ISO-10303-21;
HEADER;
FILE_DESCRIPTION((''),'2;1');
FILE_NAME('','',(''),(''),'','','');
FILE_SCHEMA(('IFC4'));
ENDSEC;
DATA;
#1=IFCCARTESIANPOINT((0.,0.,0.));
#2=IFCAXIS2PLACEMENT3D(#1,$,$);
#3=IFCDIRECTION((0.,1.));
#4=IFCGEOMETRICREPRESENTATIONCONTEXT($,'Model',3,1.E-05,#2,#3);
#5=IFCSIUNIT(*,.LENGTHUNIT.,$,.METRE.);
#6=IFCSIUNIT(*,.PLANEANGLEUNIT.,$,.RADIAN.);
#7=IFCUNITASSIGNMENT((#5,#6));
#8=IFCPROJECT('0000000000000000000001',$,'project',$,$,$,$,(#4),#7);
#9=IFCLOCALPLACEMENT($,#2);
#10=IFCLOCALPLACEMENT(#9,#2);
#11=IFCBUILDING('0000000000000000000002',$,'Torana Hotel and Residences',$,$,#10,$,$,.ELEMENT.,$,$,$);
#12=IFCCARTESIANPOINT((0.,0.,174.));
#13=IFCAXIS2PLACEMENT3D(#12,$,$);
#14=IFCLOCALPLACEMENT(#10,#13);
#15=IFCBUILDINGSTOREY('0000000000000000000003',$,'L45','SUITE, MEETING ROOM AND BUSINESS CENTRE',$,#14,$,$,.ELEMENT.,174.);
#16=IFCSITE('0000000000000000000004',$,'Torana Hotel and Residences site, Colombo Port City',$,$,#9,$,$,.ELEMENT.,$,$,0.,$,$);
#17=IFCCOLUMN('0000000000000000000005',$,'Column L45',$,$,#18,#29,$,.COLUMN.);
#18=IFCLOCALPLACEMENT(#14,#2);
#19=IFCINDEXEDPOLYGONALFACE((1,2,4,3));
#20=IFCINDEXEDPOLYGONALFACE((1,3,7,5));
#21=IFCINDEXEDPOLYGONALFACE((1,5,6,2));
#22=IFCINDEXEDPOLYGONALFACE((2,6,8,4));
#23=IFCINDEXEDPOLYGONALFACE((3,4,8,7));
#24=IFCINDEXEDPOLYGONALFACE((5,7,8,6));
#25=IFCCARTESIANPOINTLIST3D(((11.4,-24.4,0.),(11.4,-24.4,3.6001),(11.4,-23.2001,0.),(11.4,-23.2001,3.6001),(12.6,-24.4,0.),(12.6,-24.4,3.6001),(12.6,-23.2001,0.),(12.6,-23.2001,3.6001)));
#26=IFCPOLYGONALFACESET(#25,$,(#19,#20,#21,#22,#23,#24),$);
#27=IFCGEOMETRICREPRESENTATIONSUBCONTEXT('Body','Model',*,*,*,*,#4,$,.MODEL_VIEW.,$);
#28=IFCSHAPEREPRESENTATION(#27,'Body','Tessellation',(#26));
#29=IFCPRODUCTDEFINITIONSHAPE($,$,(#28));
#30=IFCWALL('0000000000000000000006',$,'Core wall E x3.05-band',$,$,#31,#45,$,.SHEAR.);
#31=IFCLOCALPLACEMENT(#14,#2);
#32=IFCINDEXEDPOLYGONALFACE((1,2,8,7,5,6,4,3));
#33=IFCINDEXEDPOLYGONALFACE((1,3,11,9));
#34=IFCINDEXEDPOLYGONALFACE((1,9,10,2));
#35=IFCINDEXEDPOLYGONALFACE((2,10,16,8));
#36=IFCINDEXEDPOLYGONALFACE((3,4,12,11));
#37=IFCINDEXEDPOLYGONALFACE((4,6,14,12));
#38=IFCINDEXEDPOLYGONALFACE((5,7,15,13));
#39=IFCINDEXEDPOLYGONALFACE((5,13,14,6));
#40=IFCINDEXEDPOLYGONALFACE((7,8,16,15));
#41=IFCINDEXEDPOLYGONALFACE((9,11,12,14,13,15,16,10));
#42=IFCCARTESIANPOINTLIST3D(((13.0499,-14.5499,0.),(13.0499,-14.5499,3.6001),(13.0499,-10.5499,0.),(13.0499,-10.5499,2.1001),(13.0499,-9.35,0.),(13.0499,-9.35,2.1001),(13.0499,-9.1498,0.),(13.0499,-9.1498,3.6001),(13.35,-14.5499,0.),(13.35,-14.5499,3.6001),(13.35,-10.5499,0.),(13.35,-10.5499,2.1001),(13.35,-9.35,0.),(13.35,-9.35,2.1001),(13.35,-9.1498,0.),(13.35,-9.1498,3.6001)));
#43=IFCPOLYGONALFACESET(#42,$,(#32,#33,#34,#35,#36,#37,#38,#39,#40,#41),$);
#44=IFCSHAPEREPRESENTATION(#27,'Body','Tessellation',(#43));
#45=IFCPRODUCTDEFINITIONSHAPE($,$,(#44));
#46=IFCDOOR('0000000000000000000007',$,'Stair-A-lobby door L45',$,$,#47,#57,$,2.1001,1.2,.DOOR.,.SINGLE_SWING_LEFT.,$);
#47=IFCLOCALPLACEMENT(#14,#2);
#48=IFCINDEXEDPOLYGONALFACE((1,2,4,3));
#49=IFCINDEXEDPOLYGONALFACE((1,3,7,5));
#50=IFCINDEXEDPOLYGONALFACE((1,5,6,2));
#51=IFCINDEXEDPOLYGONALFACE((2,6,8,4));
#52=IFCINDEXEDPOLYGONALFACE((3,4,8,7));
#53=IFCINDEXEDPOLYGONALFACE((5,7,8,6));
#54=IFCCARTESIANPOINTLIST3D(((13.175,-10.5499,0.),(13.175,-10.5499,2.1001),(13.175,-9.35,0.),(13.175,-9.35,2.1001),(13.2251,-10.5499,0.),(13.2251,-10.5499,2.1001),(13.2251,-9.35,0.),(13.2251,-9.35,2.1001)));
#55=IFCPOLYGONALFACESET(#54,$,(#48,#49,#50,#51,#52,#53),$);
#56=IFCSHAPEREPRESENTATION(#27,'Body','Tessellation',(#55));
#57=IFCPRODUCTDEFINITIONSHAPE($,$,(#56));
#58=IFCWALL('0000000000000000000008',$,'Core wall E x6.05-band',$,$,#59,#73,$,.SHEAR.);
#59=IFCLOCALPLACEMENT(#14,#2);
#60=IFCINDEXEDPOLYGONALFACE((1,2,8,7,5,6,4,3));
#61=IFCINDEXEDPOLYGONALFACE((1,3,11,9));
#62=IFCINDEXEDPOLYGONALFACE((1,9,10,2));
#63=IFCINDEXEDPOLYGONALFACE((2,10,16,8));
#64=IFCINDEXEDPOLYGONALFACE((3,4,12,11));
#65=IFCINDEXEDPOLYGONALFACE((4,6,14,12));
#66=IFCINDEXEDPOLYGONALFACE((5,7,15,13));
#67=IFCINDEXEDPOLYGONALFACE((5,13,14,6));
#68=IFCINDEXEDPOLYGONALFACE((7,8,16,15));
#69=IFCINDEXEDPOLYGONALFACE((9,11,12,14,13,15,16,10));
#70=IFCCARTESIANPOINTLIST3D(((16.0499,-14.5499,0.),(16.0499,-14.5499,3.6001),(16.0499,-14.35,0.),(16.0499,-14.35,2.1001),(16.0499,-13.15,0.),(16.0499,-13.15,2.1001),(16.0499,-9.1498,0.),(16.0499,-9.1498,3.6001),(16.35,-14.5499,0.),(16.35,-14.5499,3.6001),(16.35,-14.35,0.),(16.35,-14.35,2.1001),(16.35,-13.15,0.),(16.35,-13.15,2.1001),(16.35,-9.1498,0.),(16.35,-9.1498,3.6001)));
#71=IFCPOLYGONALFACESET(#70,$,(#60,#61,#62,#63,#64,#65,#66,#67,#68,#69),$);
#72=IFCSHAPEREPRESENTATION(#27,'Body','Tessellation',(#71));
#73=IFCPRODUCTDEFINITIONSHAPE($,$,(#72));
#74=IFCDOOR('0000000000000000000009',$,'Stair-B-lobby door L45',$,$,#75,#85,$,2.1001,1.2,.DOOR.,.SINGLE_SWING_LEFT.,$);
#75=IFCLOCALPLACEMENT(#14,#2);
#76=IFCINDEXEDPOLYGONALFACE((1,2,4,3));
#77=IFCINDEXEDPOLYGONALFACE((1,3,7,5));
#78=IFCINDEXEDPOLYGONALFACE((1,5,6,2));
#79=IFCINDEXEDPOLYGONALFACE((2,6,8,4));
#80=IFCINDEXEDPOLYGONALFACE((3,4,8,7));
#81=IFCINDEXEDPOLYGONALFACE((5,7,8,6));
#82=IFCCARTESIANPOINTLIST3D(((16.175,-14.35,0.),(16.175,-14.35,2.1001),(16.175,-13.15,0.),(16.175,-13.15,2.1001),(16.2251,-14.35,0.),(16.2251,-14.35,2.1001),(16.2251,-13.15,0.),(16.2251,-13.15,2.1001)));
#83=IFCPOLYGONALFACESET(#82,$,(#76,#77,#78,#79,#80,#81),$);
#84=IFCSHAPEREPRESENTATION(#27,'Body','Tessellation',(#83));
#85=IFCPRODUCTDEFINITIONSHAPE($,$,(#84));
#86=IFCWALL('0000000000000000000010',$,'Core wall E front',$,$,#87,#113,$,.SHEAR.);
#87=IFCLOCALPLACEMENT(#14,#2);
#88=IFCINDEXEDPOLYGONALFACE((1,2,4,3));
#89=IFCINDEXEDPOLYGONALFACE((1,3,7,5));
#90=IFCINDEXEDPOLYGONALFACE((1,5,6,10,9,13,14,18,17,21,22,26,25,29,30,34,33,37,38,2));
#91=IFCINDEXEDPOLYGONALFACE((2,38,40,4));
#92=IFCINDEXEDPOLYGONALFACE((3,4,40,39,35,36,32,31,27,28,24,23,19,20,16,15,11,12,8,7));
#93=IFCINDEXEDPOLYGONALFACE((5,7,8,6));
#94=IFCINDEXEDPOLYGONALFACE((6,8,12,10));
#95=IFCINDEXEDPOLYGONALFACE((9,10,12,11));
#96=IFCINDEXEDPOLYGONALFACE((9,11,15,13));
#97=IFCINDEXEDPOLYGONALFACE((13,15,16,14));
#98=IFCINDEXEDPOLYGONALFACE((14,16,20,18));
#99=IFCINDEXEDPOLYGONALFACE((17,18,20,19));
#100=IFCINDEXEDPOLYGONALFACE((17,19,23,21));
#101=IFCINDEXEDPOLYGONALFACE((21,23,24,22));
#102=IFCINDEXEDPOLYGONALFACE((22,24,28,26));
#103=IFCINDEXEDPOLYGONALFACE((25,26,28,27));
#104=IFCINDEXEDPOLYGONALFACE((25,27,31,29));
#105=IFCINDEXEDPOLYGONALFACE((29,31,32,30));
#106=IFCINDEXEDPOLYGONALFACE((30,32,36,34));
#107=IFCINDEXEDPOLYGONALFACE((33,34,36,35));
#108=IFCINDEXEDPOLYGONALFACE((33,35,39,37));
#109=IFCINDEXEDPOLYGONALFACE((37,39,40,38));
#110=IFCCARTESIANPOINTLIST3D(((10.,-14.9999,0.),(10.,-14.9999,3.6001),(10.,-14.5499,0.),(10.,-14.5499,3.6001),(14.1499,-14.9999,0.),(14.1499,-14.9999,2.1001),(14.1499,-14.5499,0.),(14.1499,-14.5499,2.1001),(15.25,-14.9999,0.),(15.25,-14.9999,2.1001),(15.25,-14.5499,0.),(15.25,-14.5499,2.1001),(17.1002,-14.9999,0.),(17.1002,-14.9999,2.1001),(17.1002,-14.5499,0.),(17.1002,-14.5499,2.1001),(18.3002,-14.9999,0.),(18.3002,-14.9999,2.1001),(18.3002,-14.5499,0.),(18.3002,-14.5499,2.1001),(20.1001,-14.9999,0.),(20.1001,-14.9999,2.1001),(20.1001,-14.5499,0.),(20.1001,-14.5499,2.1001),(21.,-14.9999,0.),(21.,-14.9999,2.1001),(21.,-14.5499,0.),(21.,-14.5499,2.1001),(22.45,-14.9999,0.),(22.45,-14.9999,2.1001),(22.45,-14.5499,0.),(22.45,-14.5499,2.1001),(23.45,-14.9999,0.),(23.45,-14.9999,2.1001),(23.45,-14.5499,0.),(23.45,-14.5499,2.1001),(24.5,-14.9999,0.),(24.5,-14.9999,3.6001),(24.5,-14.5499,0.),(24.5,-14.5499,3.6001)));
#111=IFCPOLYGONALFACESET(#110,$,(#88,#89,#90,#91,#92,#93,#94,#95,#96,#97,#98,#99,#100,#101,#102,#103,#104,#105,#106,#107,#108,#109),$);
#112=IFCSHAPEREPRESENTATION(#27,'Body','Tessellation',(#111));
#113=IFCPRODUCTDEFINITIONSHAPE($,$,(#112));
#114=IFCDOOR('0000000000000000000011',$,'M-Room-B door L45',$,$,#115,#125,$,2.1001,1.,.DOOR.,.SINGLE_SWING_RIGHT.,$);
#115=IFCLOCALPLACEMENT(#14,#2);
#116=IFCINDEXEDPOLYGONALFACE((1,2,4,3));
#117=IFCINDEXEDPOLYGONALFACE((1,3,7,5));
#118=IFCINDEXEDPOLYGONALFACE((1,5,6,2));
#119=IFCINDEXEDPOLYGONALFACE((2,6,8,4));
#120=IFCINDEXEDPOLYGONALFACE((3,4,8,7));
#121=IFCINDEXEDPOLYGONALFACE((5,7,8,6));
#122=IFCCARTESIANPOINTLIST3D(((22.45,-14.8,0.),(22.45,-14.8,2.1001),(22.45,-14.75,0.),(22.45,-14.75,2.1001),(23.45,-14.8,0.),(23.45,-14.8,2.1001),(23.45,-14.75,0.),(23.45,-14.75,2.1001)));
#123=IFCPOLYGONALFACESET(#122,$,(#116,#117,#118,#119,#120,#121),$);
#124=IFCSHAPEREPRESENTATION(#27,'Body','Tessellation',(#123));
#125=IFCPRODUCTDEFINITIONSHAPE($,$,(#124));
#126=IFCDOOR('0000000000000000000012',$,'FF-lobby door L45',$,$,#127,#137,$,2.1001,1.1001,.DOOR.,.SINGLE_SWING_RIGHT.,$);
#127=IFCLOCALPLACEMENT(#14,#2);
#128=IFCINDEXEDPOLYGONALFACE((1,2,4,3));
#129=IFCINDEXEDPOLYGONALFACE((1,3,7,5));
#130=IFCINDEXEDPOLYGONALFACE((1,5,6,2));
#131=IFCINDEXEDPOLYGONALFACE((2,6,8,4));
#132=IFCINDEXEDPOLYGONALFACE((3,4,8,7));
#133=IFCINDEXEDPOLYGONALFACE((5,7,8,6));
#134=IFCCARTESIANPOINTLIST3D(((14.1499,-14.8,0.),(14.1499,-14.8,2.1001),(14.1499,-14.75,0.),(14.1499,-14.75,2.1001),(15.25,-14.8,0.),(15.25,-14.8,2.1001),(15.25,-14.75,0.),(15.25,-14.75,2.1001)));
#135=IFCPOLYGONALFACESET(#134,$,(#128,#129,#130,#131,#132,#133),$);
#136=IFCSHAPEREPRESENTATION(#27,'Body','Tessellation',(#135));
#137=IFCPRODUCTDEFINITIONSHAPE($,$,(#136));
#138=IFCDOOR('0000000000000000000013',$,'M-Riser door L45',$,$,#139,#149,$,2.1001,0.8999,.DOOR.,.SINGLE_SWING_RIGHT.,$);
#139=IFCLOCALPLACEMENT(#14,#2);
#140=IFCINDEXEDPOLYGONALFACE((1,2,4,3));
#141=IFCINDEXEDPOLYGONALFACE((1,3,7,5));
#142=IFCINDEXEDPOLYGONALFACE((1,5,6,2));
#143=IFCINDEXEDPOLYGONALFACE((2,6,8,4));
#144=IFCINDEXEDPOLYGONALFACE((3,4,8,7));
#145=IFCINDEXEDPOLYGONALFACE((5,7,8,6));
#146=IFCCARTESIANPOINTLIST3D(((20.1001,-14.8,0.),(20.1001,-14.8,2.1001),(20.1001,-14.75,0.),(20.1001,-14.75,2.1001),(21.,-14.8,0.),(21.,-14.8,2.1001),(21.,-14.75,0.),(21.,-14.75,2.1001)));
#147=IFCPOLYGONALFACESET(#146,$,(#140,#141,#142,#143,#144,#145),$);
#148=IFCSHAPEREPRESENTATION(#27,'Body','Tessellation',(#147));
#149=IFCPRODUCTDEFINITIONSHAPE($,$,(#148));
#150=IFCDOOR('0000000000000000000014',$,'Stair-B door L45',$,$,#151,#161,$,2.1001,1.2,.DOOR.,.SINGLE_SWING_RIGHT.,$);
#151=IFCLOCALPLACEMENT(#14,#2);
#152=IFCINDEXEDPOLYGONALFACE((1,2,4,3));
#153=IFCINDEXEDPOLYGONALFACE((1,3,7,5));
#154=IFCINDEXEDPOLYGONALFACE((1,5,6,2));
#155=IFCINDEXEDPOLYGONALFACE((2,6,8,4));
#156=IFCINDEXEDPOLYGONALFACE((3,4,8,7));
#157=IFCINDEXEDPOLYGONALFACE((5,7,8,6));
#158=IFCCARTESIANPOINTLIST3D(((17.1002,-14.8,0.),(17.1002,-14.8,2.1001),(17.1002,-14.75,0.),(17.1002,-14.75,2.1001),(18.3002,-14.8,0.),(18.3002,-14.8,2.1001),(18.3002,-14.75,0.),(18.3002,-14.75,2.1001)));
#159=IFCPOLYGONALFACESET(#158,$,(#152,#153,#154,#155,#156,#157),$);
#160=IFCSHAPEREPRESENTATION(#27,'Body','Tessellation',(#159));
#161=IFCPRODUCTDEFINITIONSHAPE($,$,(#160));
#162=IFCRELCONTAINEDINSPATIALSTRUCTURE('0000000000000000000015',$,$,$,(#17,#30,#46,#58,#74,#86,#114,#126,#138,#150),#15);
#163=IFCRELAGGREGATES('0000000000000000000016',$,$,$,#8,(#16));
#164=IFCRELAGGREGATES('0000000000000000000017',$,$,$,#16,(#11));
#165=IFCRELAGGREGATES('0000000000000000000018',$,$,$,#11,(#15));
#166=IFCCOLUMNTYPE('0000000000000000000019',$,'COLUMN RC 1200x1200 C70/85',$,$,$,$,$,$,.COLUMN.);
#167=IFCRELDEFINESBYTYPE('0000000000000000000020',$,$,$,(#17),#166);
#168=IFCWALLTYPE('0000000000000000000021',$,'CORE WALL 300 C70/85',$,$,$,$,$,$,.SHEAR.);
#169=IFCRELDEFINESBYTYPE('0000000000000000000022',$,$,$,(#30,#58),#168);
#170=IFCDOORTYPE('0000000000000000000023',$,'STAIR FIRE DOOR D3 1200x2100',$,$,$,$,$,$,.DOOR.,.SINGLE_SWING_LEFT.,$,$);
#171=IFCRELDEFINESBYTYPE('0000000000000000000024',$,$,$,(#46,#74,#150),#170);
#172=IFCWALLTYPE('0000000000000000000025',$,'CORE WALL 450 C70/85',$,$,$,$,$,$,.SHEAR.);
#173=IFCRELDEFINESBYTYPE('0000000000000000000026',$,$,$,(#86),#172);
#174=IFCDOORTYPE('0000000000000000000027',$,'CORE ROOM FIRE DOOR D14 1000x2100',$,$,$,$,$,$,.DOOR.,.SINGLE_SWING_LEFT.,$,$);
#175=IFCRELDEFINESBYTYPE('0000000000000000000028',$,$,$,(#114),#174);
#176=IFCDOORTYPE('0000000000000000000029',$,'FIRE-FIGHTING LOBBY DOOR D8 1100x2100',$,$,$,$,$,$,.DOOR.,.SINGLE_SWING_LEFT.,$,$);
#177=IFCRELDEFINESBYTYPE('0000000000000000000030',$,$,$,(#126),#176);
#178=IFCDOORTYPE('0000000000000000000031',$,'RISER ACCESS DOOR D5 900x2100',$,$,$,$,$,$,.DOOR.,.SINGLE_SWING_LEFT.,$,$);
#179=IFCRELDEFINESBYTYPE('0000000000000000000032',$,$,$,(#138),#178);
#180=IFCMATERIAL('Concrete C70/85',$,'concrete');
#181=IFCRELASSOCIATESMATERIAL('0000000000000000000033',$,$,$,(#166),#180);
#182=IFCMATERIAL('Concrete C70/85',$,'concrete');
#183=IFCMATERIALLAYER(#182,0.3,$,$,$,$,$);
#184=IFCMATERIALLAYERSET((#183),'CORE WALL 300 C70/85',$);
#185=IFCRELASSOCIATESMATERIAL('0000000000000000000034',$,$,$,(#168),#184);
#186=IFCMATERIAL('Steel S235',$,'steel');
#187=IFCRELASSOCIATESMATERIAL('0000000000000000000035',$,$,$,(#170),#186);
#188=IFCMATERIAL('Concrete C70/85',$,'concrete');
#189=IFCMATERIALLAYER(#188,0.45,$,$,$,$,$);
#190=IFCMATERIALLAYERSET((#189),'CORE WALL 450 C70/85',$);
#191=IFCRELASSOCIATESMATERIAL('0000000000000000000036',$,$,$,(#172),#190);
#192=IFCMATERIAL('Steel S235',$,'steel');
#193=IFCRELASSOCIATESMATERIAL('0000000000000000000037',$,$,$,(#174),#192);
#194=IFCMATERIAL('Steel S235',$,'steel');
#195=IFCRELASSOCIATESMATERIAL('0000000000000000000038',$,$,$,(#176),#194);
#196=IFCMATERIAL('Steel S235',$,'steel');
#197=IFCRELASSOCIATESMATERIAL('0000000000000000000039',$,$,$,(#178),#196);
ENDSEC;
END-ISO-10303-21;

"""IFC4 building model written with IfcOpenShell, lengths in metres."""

from ifc_helpers import new_model, si_unit, direction, frame, frame_2d, origin, origin_2d, place, context, subcontext, project, spatial, rectangle, extrude, material, layer, layer_set, material_profile, profile_set, type_object, element, fill, save


model = new_model("IFC4")

# Units and contexts
model_context = context("Model", 3, precision=1e-05, world=origin(), true_north=direction((0.0, 1.0)))
body_context = subcontext(model_context, "Body", "Model", "MODEL_VIEW")
ifc_project = project(units=[si_unit("LENGTHUNIT", "METRE"), si_unit("PLANEANGLEUNIT", "RADIAN")], contexts=[model_context])

# Site, building, storey
site_placement = place(None, origin())
site = spatial("IfcSite", under=ifc_project, at=site_placement, Name="Torana Hotel and Residences site, Colombo Port City", CompositionType="ELEMENT", RefElevation=0.0)
building_placement = place(site_placement, origin())
building = spatial("IfcBuilding", under=site, at=building_placement, Name="Torana Hotel and Residences", CompositionType="ELEMENT")
storey_placement = place(building_placement, frame((0.0, 0.0, 174.0)))
storey = spatial("IfcBuildingStorey", under=building, at=storey_placement, Name="L45", Description="SUITE, MEETING ROOM AND BUSINESS CENTRE", CompositionType="ELEMENT", Elevation=174.0)

# Column
ifc_material_1 = material(Name="Concrete C70/85", Category="concrete")
ifc_material_profile = material_profile(ifc_material_1, rectangle(XDim=1.2, YDim=1.2, at=origin_2d()), Name="RC 1200x1200")
ifc_profile_set = profile_set([ifc_material_profile], Name="Concrete C70/85")
column_type = type_object("IfcColumnType", Name="COLUMN RC 1200x1200 C70/85", PredefinedType="COLUMN", material=ifc_profile_set)
column_placement = place(storey_placement, frame((12.0, -23.8, 0.0), z_axis=(0.0, 0.0, 1.0), x_axis=(1.0, 0.0, 0.0)))
element("IfcColumn", 1, at=column_placement, inside=storey, type_object=column_type, Name="Column L45", PredefinedType="COLUMN", context=body_context, shape_type="SweptSolid", body=[
    extrude(rectangle(XDim=1.2, YDim=1.2, at=origin_2d()), origin(), (0.0, 0.0, 1.0), 3.6001),
])

# Walls, openings, doors
ifc_material_2 = material(Name="Concrete C70/85", Category="concrete")
ifc_layer_1 = layer(ifc_material_2, 0.3)
ifc_layer_set_1 = layer_set([ifc_layer_1], Name="CORE WALL 300 C70/85")
wall_type_1 = type_object("IfcWallType", Name="CORE WALL 300 C70/85", PredefinedType="SHEAR", material=ifc_layer_set_1)
wall_1_placement = place(storey_placement, frame((13.2, -14.55, 0.0), z_axis=(0.0, 0.0, 1.0), x_axis=(0.0, 1.0, 0.0)))
wall_1 = element("IfcWall", 2, at=wall_1_placement, inside=storey, type_object=wall_type_1, Name="Core wall E x3.05-band", PredefinedType="SHEAR", context=body_context, shape_type="SweptSolid", body=[
    extrude(rectangle(XDim=5.4001, YDim=0.3, at=frame_2d((2.7002, 0.0))), origin(), (0.0, 0.0, 1.0), 3.6001),
])
opening_1_placement = place(wall_1_placement, frame((4.0, 0.0, 0.0)))
opening_1 = element("IfcOpeningElement", 3, at=opening_1_placement, cuts=wall_1, PredefinedType="OPENING", context=body_context, shape_type="SweptSolid", body=[
    extrude(rectangle(XDim=1.2, YDim=2.1001, at=frame_2d((0.6001, 1.05))), frame((0.0, 0.1599, 0.0), z_axis=(0.0, -1.0, 0.0), x_axis=(1.0, 0.0, 0.0)), (0.0, 0.0, 1.0), 0.3201),
])
ifc_material_3 = material(Name="Steel S235", Category="steel")
door_type_1 = type_object("IfcDoorType", Name="STAIR FIRE DOOR D3 1200x2100", OperationType="SINGLE_SWING_LEFT", PredefinedType="DOOR", material=ifc_material_3)
door_1_placement = place(opening_1_placement, origin())
door_1 = element("IfcDoor", 4, at=door_1_placement, inside=storey, type_object=door_type_1, Name="Stair-A-lobby door L45", OperationType="SINGLE_SWING_LEFT", OverallHeight=2.1001, OverallWidth=1.2, PredefinedType="DOOR", context=body_context, shape_type="SweptSolid", body=[
    extrude(rectangle(XDim=1.2, YDim=2.1001, at=frame_2d((0.6001, 1.05))), frame((0.0, 0.0249, 0.0), z_axis=(0.0, -1.0, 0.0), x_axis=(1.0, 0.0, 0.0)), (0.0, 0.0, 1.0), 0.05),
])
fill(opening_1, door_1)
wall_2_placement = place(storey_placement, frame((16.2, -14.55, 0.0), z_axis=(0.0, 0.0, 1.0), x_axis=(0.0, 1.0, 0.0)))
wall_2 = element("IfcWall", 5, at=wall_2_placement, inside=storey, type_object=wall_type_1, Name="Core wall E x6.05-band", PredefinedType="SHEAR", context=body_context, shape_type="SweptSolid", body=[
    extrude(rectangle(XDim=5.4001, YDim=0.3, at=frame_2d((2.7002, 0.0))), origin(), (0.0, 0.0, 1.0), 3.6001),
])
opening_2_placement = place(wall_2_placement, frame((0.2, 0.0, 0.0)))
opening_2 = element("IfcOpeningElement", 6, at=opening_2_placement, cuts=wall_2, PredefinedType="OPENING", context=body_context, shape_type="SweptSolid", body=[
    extrude(rectangle(XDim=1.2, YDim=2.1001, at=frame_2d((0.6001, 1.05))), frame((0.0, 0.1599, 0.0), z_axis=(0.0, -1.0, 0.0), x_axis=(1.0, 0.0, 0.0)), (0.0, 0.0, 1.0), 0.3201),
])
door_2_placement = place(opening_2_placement, frame((0.6001, 0.0, 0.0), z_axis=(0.0, 0.0, 1.0), x_axis=(-1.0, 0.0, 0.0)))
door_2 = element("IfcDoor", 7, at=door_2_placement, inside=storey, type_object=door_type_1, Name="Stair-B-lobby door L45", OperationType="SINGLE_SWING_LEFT", OverallHeight=2.1001, OverallWidth=1.2, PredefinedType="DOOR", context=body_context, shape_type="SweptSolid", body=[
    extrude(rectangle(XDim=1.2, YDim=2.1001, at=frame_2d((0.0, 1.05))), frame((0.0, -0.0249, 0.0), z_axis=(0.0, 1.0, 0.0), x_axis=(-1.0, 0.0, 0.0)), (0.0, 0.0, 1.0), 0.05),
])
fill(opening_2, door_2)

# Wall, openings, doors
ifc_material_4 = material(Name="Concrete C70/85", Category="concrete")
ifc_layer_2 = layer(ifc_material_4, 0.45)
ifc_layer_set_2 = layer_set([ifc_layer_2], Name="CORE WALL 450 C70/85")
wall_type_2 = type_object("IfcWallType", Name="CORE WALL 450 C70/85", PredefinedType="SHEAR", material=ifc_layer_set_2)
wall_3_placement = place(storey_placement, frame((10.0, -14.7749, 0.0), z_axis=(0.0, 0.0, 1.0), x_axis=(1.0, 0.0, 0.0)))
wall_3 = element("IfcWall", 8, at=wall_3_placement, inside=storey, type_object=wall_type_2, Name="Core wall E front", PredefinedType="SHEAR", context=body_context, shape_type="SweptSolid", body=[
    extrude(rectangle(XDim=14.5, YDim=0.45, at=frame_2d((7.25, 0.0))), origin(), (0.0, 0.0, 1.0), 3.6001),
])
opening_3_placement = place(wall_3_placement, frame((7.1001, 0.0, 0.0)))
opening_3 = element("IfcOpeningElement", 9, at=opening_3_placement, cuts=wall_3, PredefinedType="OPENING", context=body_context, shape_type="SweptSolid", body=[
    extrude(rectangle(XDim=1.2, YDim=2.1001, at=frame_2d((0.6001, 1.05))), frame((0.0, 0.2349, 0.0), z_axis=(0.0, -1.0, 0.0), x_axis=(1.0, 0.0, 0.0)), (0.0, 0.0, 1.0), 0.47),
])
opening_4_placement = place(wall_3_placement, frame((4.1499, 0.0, 0.0)))
opening_4 = element("IfcOpeningElement", 10, at=opening_4_placement, cuts=wall_3, PredefinedType="OPENING", context=body_context, shape_type="SweptSolid", body=[
    extrude(rectangle(XDim=1.1001, YDim=2.1001, at=frame_2d((0.55, 1.05))), frame((0.0, 0.2349, 0.0), z_axis=(0.0, -1.0, 0.0), x_axis=(1.0, 0.0, 0.0)), (0.0, 0.0, 1.0), 0.47),
])
opening_5_placement = place(wall_3_placement, frame((10.1001, 0.0, 0.0)))
opening_5 = element("IfcOpeningElement", 11, at=opening_5_placement, cuts=wall_3, PredefinedType="OPENING", context=body_context, shape_type="SweptSolid", body=[
    extrude(rectangle(XDim=0.8999, YDim=2.1001, at=frame_2d((0.45, 1.05))), frame((0.0, 0.2349, 0.0), z_axis=(0.0, -1.0, 0.0), x_axis=(1.0, 0.0, 0.0)), (0.0, 0.0, 1.0), 0.47),
])
opening_6_placement = place(wall_3_placement, frame((12.45, 0.0, 0.0)))
opening_6 = element("IfcOpeningElement", 12, at=opening_6_placement, cuts=wall_3, PredefinedType="OPENING", context=body_context, shape_type="SweptSolid", body=[
    extrude(rectangle(XDim=1.0, YDim=2.1001, at=frame_2d((0.5, 1.05))), frame((0.0, 0.2349, 0.0), z_axis=(0.0, -1.0, 0.0), x_axis=(1.0, 0.0, 0.0)), (0.0, 0.0, 1.0), 0.47),
])
ifc_material_5 = material(Name="Steel S235", Category="steel")
door_type_2 = type_object("IfcDoorType", Name="CORE ROOM FIRE DOOR D14 1000x2100", OperationType="SINGLE_SWING_LEFT", PredefinedType="DOOR", material=ifc_material_5)
door_3_placement = place(opening_6_placement, origin())
door_3 = element("IfcDoor", 13, at=door_3_placement, inside=storey, type_object=door_type_2, Name="M-Room-B door L45", OperationType="SINGLE_SWING_RIGHT", OverallHeight=2.1001, OverallWidth=1.0, PredefinedType="DOOR", context=body_context, shape_type="SweptSolid", body=[
    extrude(rectangle(XDim=1.0, YDim=2.1001, at=frame_2d((0.5, 1.05))), frame((0.0, 0.0249, 0.0), z_axis=(0.0, -1.0, 0.0), x_axis=(1.0, 0.0, 0.0)), (0.0, 0.0, 1.0), 0.05),
])
fill(opening_6, door_3)
ifc_material_6 = material(Name="Steel S235", Category="steel")
door_type_3 = type_object("IfcDoorType", Name="FIRE-FIGHTING LOBBY DOOR D8 1100x2100", OperationType="SINGLE_SWING_LEFT", PredefinedType="DOOR", material=ifc_material_6)
door_4_placement = place(opening_4_placement, origin())
door_4 = element("IfcDoor", 14, at=door_4_placement, inside=storey, type_object=door_type_3, Name="FF-lobby door L45", OperationType="SINGLE_SWING_RIGHT", OverallHeight=2.1001, OverallWidth=1.1001, PredefinedType="DOOR", context=body_context, shape_type="SweptSolid", body=[
    extrude(rectangle(XDim=1.1001, YDim=2.1001, at=frame_2d((0.55, 1.05))), frame((0.0, 0.0249, 0.0), z_axis=(0.0, -1.0, 0.0), x_axis=(1.0, 0.0, 0.0)), (0.0, 0.0, 1.0), 0.05),
])
fill(opening_4, door_4)
ifc_material_7 = material(Name="Steel S235", Category="steel")
door_type_4 = type_object("IfcDoorType", Name="RISER ACCESS DOOR D5 900x2100", OperationType="SINGLE_SWING_LEFT", PredefinedType="DOOR", material=ifc_material_7)
door_5_placement = place(opening_5_placement, origin())
door_5 = element("IfcDoor", 15, at=door_5_placement, inside=storey, type_object=door_type_4, Name="M-Riser door L45", OperationType="SINGLE_SWING_RIGHT", OverallHeight=2.1001, OverallWidth=0.8999, PredefinedType="DOOR", context=body_context, shape_type="SweptSolid", body=[
    extrude(rectangle(XDim=0.8999, YDim=2.1001, at=frame_2d((0.45, 1.05))), frame((0.0, 0.0249, 0.0), z_axis=(0.0, -1.0, 0.0), x_axis=(1.0, 0.0, 0.0)), (0.0, 0.0, 1.0), 0.05),
])
fill(opening_5, door_5)
door_6_placement = place(opening_3_placement, origin())
door_6 = element("IfcDoor", 16, at=door_6_placement, inside=storey, type_object=door_type_1, Name="Stair-B door L45", OperationType="SINGLE_SWING_RIGHT", OverallHeight=2.1001, OverallWidth=1.2, PredefinedType="DOOR", context=body_context, shape_type="SweptSolid", body=[
    extrude(rectangle(XDim=1.2, YDim=2.1001, at=frame_2d((0.6001, 1.05))), frame((0.0, 0.0249, 0.0), z_axis=(0.0, -1.0, 0.0), x_axis=(1.0, 0.0, 0.0)), (0.0, 0.0, 1.0), 0.05),
])
fill(opening_3, door_6)

save(model, "model.ifc")
